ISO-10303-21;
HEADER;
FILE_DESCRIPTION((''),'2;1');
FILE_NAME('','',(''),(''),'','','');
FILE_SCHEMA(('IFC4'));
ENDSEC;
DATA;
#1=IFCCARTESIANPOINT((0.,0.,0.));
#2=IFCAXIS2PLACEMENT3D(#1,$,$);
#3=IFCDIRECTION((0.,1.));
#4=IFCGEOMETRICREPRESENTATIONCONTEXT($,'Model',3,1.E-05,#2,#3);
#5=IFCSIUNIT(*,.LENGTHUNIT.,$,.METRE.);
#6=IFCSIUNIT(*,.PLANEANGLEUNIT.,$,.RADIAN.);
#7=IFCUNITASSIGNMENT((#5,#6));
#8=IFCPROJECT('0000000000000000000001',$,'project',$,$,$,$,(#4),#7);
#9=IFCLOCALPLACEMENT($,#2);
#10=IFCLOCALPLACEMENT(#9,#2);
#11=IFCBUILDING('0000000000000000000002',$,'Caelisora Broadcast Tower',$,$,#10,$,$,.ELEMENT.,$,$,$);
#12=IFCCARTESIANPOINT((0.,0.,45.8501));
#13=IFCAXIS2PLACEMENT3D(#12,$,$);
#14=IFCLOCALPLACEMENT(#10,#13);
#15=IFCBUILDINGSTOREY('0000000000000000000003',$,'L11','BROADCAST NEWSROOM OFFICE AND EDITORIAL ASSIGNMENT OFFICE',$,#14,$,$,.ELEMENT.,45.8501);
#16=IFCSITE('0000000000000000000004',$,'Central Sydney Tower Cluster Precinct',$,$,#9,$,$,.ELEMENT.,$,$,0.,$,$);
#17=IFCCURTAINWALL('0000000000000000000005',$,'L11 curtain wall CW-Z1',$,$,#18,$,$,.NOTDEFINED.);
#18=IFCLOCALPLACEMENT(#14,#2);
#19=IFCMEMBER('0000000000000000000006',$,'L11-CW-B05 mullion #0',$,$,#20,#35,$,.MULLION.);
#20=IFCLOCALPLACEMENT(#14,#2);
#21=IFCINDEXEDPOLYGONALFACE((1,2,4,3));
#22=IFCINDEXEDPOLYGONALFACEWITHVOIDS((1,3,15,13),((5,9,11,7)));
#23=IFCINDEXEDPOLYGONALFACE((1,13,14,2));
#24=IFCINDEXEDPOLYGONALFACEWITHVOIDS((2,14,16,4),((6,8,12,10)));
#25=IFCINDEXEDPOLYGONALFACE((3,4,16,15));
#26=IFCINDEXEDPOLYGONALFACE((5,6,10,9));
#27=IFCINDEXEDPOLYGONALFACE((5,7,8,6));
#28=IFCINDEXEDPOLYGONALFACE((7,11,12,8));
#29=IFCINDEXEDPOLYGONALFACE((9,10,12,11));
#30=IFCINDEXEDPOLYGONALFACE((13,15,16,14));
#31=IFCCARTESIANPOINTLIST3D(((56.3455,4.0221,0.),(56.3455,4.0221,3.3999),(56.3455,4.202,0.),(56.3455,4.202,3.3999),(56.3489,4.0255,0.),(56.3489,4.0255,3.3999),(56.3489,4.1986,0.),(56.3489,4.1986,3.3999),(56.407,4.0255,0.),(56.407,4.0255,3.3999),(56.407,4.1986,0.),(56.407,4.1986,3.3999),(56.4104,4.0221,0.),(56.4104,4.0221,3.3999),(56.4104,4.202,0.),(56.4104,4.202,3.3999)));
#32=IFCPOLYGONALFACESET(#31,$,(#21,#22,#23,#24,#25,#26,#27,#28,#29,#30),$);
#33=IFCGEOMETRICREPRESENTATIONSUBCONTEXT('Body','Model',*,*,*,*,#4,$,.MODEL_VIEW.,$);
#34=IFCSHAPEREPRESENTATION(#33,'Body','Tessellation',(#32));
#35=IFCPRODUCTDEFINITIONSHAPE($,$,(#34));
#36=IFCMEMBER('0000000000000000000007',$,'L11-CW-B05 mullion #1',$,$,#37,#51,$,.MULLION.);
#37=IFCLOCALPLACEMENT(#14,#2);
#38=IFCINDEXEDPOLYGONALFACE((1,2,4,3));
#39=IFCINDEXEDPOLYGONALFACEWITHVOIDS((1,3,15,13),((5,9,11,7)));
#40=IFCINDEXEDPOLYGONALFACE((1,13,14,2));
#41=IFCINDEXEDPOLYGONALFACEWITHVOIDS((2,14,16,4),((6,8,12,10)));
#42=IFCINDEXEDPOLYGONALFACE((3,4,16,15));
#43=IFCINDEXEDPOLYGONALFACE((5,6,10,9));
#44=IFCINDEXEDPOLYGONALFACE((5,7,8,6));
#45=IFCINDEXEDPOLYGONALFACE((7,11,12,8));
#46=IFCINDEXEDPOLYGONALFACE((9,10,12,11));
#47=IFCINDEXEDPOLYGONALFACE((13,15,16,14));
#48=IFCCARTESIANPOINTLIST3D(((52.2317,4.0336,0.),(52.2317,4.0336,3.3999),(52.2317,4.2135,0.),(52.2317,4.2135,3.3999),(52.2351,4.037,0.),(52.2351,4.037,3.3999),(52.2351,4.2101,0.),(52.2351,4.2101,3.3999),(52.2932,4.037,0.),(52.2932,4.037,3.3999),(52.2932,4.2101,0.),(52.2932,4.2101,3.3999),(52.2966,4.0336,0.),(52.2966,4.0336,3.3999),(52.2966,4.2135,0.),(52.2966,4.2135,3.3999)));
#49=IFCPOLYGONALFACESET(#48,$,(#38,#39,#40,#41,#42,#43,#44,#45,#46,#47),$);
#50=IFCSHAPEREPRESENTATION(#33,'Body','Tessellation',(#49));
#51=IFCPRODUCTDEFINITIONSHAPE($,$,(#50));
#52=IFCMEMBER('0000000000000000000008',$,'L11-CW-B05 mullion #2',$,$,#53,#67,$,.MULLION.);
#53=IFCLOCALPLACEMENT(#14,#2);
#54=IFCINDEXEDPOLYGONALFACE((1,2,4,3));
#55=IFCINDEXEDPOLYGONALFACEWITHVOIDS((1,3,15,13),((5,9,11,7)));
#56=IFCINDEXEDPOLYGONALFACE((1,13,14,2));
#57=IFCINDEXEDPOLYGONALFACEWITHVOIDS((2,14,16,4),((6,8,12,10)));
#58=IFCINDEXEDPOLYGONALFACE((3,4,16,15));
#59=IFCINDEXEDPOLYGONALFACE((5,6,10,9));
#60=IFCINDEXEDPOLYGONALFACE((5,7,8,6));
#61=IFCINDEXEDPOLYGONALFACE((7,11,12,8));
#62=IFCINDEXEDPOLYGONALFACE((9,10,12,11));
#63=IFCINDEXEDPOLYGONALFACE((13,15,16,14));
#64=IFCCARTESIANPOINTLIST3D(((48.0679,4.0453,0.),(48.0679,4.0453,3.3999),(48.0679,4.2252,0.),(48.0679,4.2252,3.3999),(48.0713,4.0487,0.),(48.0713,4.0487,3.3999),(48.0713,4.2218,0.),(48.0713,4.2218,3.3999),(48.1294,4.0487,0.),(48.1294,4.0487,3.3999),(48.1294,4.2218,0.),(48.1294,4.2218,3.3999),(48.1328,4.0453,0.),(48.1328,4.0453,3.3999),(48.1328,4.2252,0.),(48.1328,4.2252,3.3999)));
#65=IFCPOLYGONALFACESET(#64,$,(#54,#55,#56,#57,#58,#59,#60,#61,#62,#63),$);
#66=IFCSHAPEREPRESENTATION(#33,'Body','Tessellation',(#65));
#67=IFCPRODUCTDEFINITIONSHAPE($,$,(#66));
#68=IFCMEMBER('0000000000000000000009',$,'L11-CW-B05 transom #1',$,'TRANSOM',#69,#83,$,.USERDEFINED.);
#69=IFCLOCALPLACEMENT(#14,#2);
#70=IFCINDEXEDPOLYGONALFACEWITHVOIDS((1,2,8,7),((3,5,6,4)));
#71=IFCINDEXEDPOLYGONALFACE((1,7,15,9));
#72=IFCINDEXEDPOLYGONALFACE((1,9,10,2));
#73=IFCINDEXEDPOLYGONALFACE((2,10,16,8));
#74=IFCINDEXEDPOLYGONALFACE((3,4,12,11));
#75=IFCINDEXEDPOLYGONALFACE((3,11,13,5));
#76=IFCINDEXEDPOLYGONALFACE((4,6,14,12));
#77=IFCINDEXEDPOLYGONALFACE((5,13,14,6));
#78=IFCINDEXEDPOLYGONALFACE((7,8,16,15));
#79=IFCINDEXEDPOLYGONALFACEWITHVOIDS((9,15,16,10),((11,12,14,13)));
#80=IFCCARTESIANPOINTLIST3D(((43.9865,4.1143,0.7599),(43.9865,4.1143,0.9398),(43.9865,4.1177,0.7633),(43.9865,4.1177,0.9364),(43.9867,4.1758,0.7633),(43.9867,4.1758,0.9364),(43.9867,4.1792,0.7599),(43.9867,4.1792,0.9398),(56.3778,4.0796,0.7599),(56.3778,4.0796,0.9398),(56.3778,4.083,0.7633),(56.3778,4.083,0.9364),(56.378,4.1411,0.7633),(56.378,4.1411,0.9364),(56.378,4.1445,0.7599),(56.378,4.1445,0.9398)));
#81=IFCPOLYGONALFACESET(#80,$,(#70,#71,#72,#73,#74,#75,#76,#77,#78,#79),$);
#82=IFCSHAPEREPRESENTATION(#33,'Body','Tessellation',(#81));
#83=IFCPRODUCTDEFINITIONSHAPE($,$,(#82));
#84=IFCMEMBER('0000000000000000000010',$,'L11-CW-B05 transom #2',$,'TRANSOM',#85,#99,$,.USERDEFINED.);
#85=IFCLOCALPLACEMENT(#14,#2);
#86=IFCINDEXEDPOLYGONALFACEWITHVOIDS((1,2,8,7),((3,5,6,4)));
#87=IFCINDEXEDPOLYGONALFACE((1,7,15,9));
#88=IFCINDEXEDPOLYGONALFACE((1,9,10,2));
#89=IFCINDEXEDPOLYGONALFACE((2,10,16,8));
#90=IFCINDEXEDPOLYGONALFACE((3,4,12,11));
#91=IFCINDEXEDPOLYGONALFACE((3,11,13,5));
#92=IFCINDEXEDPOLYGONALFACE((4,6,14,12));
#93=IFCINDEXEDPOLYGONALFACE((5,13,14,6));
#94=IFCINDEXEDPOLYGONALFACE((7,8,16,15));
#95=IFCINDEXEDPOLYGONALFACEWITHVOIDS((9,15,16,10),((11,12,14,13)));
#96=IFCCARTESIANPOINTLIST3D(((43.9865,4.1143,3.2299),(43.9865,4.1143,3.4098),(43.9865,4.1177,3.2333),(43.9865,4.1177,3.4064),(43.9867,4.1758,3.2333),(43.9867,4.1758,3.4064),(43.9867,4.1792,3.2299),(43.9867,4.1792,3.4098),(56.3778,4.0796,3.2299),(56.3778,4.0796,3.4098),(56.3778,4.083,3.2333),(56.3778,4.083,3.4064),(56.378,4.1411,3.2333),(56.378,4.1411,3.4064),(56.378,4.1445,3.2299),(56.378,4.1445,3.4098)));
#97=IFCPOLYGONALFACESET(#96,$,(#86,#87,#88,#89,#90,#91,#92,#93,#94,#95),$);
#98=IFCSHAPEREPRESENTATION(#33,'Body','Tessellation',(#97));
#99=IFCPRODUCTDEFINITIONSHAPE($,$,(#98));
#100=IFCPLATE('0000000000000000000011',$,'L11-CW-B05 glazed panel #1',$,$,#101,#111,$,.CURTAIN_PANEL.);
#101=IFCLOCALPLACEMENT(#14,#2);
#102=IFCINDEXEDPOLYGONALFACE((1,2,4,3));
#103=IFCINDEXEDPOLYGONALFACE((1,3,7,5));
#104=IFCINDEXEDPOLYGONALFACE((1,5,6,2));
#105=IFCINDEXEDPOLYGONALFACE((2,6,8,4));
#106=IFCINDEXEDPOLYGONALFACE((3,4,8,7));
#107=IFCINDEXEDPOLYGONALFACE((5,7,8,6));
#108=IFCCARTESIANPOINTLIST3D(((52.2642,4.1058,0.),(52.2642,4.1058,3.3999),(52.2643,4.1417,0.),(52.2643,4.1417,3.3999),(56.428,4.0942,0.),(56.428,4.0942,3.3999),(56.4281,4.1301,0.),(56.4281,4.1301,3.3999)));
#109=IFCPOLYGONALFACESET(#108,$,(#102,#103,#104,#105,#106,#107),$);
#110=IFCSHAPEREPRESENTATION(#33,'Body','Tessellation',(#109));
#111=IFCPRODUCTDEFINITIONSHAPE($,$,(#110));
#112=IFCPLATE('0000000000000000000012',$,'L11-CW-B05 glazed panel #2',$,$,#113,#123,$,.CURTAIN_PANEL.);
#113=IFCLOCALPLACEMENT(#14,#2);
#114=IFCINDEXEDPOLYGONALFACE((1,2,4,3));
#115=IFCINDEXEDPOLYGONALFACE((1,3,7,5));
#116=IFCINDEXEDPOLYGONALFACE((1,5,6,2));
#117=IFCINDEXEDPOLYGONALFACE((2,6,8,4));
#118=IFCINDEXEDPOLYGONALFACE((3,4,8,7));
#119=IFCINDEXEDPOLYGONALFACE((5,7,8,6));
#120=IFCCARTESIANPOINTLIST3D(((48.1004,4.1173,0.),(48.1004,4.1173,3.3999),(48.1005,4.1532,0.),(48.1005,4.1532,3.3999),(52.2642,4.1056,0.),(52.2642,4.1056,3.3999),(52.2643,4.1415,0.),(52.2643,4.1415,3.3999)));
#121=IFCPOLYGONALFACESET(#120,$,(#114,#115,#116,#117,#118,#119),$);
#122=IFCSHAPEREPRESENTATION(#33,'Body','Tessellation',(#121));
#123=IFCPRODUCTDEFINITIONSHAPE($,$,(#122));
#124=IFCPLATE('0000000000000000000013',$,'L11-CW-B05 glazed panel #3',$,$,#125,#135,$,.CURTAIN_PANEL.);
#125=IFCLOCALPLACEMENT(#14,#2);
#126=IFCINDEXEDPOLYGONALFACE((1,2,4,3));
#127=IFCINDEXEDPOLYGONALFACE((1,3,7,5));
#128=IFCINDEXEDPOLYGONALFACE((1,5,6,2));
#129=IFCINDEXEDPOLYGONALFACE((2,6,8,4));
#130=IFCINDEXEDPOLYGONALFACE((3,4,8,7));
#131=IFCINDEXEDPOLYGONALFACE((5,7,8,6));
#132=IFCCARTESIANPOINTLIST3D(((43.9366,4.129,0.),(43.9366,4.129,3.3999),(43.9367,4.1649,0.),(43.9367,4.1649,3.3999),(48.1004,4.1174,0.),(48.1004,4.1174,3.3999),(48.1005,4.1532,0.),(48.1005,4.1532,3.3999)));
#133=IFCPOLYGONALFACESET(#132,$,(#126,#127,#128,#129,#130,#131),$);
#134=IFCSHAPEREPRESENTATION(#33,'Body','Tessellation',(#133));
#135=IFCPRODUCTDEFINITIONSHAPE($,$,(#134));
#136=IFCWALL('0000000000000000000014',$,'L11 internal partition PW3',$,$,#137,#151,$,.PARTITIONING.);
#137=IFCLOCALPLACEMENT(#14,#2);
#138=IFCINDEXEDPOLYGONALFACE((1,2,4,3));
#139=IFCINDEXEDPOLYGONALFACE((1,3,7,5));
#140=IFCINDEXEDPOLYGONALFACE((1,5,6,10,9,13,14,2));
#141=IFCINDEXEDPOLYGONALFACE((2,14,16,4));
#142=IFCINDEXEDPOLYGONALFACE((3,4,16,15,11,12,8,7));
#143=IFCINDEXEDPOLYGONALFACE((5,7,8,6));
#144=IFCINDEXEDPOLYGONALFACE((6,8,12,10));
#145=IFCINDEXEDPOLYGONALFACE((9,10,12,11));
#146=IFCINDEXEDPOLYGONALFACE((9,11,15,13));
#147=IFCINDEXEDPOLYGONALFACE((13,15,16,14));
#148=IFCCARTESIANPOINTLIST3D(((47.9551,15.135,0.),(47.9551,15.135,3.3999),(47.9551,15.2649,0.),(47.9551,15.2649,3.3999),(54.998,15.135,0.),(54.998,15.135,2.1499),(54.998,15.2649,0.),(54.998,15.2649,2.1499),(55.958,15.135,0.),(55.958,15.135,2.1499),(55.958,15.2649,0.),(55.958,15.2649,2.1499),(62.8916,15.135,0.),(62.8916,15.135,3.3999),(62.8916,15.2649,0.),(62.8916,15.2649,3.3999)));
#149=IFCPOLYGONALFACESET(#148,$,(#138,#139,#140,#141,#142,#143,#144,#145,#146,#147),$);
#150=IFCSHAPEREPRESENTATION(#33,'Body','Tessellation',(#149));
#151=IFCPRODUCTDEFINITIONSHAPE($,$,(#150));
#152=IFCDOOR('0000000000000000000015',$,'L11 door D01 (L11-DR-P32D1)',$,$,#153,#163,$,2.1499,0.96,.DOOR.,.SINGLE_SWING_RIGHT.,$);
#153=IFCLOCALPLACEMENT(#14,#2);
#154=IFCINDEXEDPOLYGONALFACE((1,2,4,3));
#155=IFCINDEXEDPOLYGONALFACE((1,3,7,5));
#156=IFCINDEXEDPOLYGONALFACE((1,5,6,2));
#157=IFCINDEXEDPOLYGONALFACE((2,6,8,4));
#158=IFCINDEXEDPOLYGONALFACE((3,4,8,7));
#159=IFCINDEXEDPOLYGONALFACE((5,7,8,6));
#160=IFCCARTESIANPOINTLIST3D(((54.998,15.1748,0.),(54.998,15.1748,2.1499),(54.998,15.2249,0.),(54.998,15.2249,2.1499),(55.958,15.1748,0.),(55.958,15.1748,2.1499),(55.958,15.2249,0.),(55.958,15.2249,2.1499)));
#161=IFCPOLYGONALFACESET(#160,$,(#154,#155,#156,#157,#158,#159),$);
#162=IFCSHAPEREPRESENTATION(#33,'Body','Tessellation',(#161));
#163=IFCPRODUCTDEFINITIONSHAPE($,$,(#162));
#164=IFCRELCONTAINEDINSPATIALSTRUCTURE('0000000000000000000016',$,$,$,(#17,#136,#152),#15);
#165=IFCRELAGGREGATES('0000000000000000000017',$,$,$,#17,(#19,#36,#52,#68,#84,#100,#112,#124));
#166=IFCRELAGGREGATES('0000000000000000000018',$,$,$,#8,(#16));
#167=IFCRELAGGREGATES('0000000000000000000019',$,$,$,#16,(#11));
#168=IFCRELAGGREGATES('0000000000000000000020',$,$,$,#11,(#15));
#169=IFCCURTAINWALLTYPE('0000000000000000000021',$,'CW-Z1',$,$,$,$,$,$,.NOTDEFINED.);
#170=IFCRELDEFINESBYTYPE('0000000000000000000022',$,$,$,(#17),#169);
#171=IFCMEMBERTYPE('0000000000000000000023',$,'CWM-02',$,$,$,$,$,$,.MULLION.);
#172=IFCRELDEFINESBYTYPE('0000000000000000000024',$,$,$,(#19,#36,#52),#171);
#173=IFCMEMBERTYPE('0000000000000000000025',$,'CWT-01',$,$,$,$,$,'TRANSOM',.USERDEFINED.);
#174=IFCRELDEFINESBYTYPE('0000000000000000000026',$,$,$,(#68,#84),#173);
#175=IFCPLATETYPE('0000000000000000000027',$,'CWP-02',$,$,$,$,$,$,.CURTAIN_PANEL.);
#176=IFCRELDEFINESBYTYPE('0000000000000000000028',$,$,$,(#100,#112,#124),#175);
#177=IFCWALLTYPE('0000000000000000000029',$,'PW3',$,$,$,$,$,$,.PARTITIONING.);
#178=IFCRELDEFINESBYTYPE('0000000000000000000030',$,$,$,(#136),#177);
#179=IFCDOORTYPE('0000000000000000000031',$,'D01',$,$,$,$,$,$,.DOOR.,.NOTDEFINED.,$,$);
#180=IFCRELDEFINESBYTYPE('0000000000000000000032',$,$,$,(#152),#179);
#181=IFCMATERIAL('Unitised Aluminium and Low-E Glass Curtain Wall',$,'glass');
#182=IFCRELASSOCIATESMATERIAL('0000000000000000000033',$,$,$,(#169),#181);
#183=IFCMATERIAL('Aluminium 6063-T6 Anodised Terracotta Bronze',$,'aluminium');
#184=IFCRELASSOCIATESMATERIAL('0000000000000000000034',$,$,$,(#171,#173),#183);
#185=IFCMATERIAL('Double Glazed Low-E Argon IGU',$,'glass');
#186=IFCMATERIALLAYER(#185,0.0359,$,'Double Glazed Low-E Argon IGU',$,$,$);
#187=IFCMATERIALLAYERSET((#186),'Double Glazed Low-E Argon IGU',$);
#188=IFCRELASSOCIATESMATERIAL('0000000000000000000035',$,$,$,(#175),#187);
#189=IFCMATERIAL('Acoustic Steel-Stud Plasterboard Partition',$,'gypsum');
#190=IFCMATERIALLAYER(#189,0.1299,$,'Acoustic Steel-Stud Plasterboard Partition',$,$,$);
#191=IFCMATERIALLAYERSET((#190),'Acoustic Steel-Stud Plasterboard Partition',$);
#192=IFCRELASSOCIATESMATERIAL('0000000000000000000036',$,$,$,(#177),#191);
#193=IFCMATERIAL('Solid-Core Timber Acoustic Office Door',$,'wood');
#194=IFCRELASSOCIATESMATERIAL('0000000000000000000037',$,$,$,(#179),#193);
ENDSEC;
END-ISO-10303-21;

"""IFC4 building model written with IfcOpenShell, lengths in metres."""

from ifc_helpers import new_model, si_unit, direction, frame, frame_2d, origin, origin_2d, place, context, subcontext, project, spatial, rectangle, hollow_rectangle, extrude, source, transform, mapped, material, layer, layer_set, material_profile, profile_set, type_object, type_shapes, element, fill, aggregate, save


model = new_model("IFC4")

# Units and contexts
model_context = context("Model", 3, precision=1e-05, world=origin(), true_north=direction((0.0, 1.0)))
body_context = subcontext(model_context, "Body", "Model", "MODEL_VIEW")
ifc_project = project(units=[si_unit("LENGTHUNIT", "METRE"), si_unit("PLANEANGLEUNIT", "RADIAN")], contexts=[model_context])

# Site, building, storey
site_placement = place(None, origin())
site = spatial("IfcSite", under=ifc_project, at=site_placement, Name="Central Sydney Tower Cluster Precinct", CompositionType="ELEMENT", RefElevation=0.0)
building_placement = place(site_placement, origin())
building = spatial("IfcBuilding", under=site, at=building_placement, Name="Caelisora Broadcast Tower", CompositionType="ELEMENT")
storey_placement = place(building_placement, frame((0.0, 0.0, 45.8501)))
storey = spatial("IfcBuildingStorey", under=building, at=storey_placement, Name="L11", Description="BROADCAST NEWSROOM OFFICE AND EDITORIAL ASSIGNMENT OFFICE", CompositionType="ELEMENT", Elevation=45.8501)

# Curtain wall, members, plates
ifc_material_1 = material(Name="Unitised Aluminium and Low-E Glass Curtain Wall", Category="glass")
curtain_wall_type = type_object("IfcCurtainWallType", Name="CW-Z1", PredefinedType="NOTDEFINED", material=ifc_material_1)
curtain_wall_placement = place(storey_placement, origin())
curtain_wall = element("IfcCurtainWall", 1, at=curtain_wall_placement, inside=storey, type_object=curtain_wall_type, Name="L11 curtain wall CW-Z1", PredefinedType="NOTDEFINED")
ifc_material_2 = material(Name="Aluminium 6063-T6 Anodised Terracotta Bronze", Category="aluminium")
ifc_material_profile_1 = material_profile(ifc_material_2, hollow_rectangle(XDim=0.0649, YDim=0.1799, WallThickness=0.0034, at=origin_2d()), Name="Aluminium 6063-T6 Anodised Terracotta Bronze")
ifc_profile_set_1 = profile_set([ifc_material_profile_1], Name="Aluminium 6063-T6 Anodised Terracotta Bronze")
member_type_1 = type_object("IfcMemberType", Name="CWM-02", PredefinedType="MULLION", material=ifc_profile_set_1)
shared_shape_1 = source(origin(), body_context, "Body", "SweptSolid", [
    extrude(hollow_rectangle(XDim=0.0649, YDim=0.1799, WallThickness=0.0034, at=origin_2d()), origin(), (0.0, 0.0, 1.0), 3.3999),
])
type_shapes(member_type_1, [shared_shape_1])
member_1_placement = place(storey_placement, frame((56.3779, 4.1121, 0.0), z_axis=(0.0, 0.0, 1.0), x_axis=(1.0, 0.0, 0.0)))
member_1 = element("IfcMember", 2, at=member_1_placement, type_object=member_type_1, Name="L11-CW-B05 mullion #0", PredefinedType="MULLION", context=body_context, shape_type="MappedRepresentation", body=[
    mapped(shared_shape_1, transform((0.0, 0.0, 0.0), scale=1.0)),
])
member_2_placement = place(storey_placement, frame((52.2642, 4.1235, 0.0), z_axis=(0.0, 0.0, 1.0), x_axis=(1.0, 0.0, 0.0)))
member_2 = element("IfcMember", 3, at=member_2_placement, type_object=member_type_1, Name="L11-CW-B05 mullion #1", PredefinedType="MULLION", context=body_context, shape_type="MappedRepresentation", body=[
    mapped(shared_shape_1, transform((0.0, 0.0, 0.0), scale=1.0)),
])
member_3_placement = place(storey_placement, frame((48.1003, 4.1353, 0.0), z_axis=(0.0, 0.0, 1.0), x_axis=(1.0, 0.0, 0.0)))
member_3 = element("IfcMember", 4, at=member_3_placement, type_object=member_type_1, Name="L11-CW-B05 mullion #2", PredefinedType="MULLION", context=body_context, shape_type="MappedRepresentation", body=[
    mapped(shared_shape_1, transform((0.0, 0.0, 0.0), scale=1.0)),
])
ifc_material_profile_2 = material_profile(ifc_material_2, hollow_rectangle(XDim=0.0649, YDim=0.1799, WallThickness=0.0034, at=origin_2d()), Name="Aluminium 6063-T6 Anodised Terracotta Bronze")
ifc_profile_set_2 = profile_set([ifc_material_profile_2], Name="Aluminium 6063-T6 Anodised Terracotta Bronze")
member_type_2 = type_object("IfcMemberType", Name="CWT-01", ElementType="TRANSOM", PredefinedType="USERDEFINED", material=ifc_profile_set_2)
shared_shape_2 = source(origin(), body_context, "Body", "SweptSolid", [
    extrude(hollow_rectangle(XDim=0.0649, YDim=0.1799, WallThickness=0.0034, at=origin_2d()), origin(), (0.0, 0.0, 1.0), 12.3914),
])
type_shapes(member_type_2, [shared_shape_2])
member_4_placement = place(storey_placement, frame((56.3779, 4.1121, 0.8499), z_axis=(-0.999996, 0.002798, 0.0), x_axis=(-0.002798, -0.999996, 0.0)))
member_4 = element("IfcMember", 5, at=member_4_placement, type_object=member_type_2, Name="L11-CW-B05 transom #1", ObjectType="TRANSOM", PredefinedType="USERDEFINED", context=body_context, shape_type="MappedRepresentation", body=[
    mapped(shared_shape_2, transform((0.0, 0.0, 0.0), scale=1.0)),
])
member_5_placement = place(storey_placement, frame((56.3779, 4.1121, 3.3198), z_axis=(-0.999996, 0.002798, 0.0), x_axis=(-0.002798, -0.999996, 0.0)))
member_5 = element("IfcMember", 6, at=member_5_placement, type_object=member_type_2, Name="L11-CW-B05 transom #2", ObjectType="TRANSOM", PredefinedType="USERDEFINED", context=body_context, shape_type="MappedRepresentation", body=[
    mapped(shared_shape_2, transform((0.0, 0.0, 0.0), scale=1.0)),
])
ifc_material_3 = material(Name="Double Glazed Low-E Argon IGU", Category="glass")
ifc_layer_1 = layer(ifc_material_3, 0.0359, Name="Double Glazed Low-E Argon IGU")
ifc_layer_set_1 = layer_set([ifc_layer_1], Name="Double Glazed Low-E Argon IGU")
plate_type = type_object("IfcPlateType", Name="CWP-02", PredefinedType="CURTAIN_PANEL", material=ifc_layer_set_1)
shared_shape_3 = source(origin(), body_context, "Body", "SweptSolid", [
    extrude(rectangle(XDim=4.1638, YDim=0.0359, at=origin_2d()), origin(), (0.0, 0.0, 1.0), 3.3999),
])
type_shapes(plate_type, [shared_shape_3])
plate_1_placement = place(storey_placement, frame((54.3462, 4.1179, 0.0), z_axis=(0.0, 0.0, 1.0), x_axis=(-0.999996, 0.002793, 0.0)))
plate_1 = element("IfcPlate", 7, at=plate_1_placement, type_object=plate_type, Name="L11-CW-B05 glazed panel #1", PredefinedType="CURTAIN_PANEL", context=body_context, shape_type="MappedRepresentation", body=[
    mapped(shared_shape_3, transform((0.0, 0.0, 0.0), scale=1.0)),
])
plate_2_placement = place(storey_placement, frame((50.1824, 4.1294, 0.0), z_axis=(0.0, 0.0, 1.0), x_axis=(-0.999996, 0.002793, 0.0)))
plate_2 = element("IfcPlate", 8, at=plate_2_placement, type_object=plate_type, Name="L11-CW-B05 glazed panel #2", PredefinedType="CURTAIN_PANEL", context=body_context, shape_type="MappedRepresentation", body=[
    mapped(shared_shape_3, transform((0.0, 0.0, 0.0), scale=1.0)),
])
plate_3_placement = place(storey_placement, frame((46.0186, 4.1411, 0.0), z_axis=(0.0, 0.0, 1.0), x_axis=(-0.999996, 0.002793, 0.0)))
plate_3 = element("IfcPlate", 9, at=plate_3_placement, type_object=plate_type, Name="L11-CW-B05 glazed panel #3", PredefinedType="CURTAIN_PANEL", context=body_context, shape_type="MappedRepresentation", body=[
    mapped(shared_shape_3, transform((0.0, 0.0, 0.0), scale=1.0)),
])
aggregate(curtain_wall, [member_1, member_2, member_3, member_4, member_5, plate_1, plate_2, plate_3])

# Wall, opening, door
ifc_material_4 = material(Name="Acoustic Steel-Stud Plasterboard Partition", Category="gypsum")
ifc_layer_2 = layer(ifc_material_4, 0.1299, Name="Acoustic Steel-Stud Plasterboard Partition")
ifc_layer_set_2 = layer_set([ifc_layer_2], Name="Acoustic Steel-Stud Plasterboard Partition")
wall_type = type_object("IfcWallType", Name="PW3", PredefinedType="PARTITIONING", material=ifc_layer_set_2)
wall_1_placement = place(storey_placement, frame((47.9551, 15.2, 0.0), z_axis=(0.0, 0.0, 1.0), x_axis=(1.0, 0.0, 0.0)))
wall_1 = element("IfcWall", 10, at=wall_1_placement, inside=storey, type_object=wall_type, Name="L11 internal partition PW3", PredefinedType="PARTITIONING", context=body_context, shape_type="SweptSolid", body=[
    extrude(rectangle(XDim=14.9365, YDim=0.1299, at=frame_2d((7.4683, 0.0))), origin(), (0.0, 0.0, 1.0), 3.3999),
])
opening_1_placement = place(wall_1_placement, frame((7.043, 0.0, 0.0)))
opening_1 = element("IfcOpeningElement", 11, at=opening_1_placement, cuts=wall_1, PredefinedType="OPENING", context=body_context, shape_type="SweptSolid", body=[
    extrude(rectangle(XDim=0.96, YDim=2.1499, at=frame_2d((0.48, 1.075))), frame((0.0, 0.0769, 0.0), z_axis=(0.0, -1.0, 0.0), x_axis=(1.0, 0.0, 0.0)), (0.0, 0.0, 1.0), 0.1538),
])
ifc_material_5 = material(Name="Solid-Core Timber Acoustic Office Door", Category="wood")
door_type = type_object("IfcDoorType", Name="D01", OperationType="NOTDEFINED", PredefinedType="DOOR", material=ifc_material_5)
door_1_placement = place(opening_1_placement, origin())
door_1 = element("IfcDoor", 12, at=door_1_placement, inside=storey, type_object=door_type, Name="L11 door D01 (L11-DR-P32D1)", OperationType="SINGLE_SWING_RIGHT", OverallHeight=2.1499, OverallWidth=0.96, PredefinedType="DOOR", context=body_context, shape_type="SweptSolid", body=[
    extrude(rectangle(XDim=0.96, YDim=2.1499, at=frame_2d((0.48, 1.075))), frame((0.0, 0.0249, 0.0), z_axis=(0.0, -1.0, 0.0), x_axis=(1.0, 0.0, 0.0)), (0.0, 0.0, 1.0), 0.05),
])
fill(opening_1, door_1)

save(model, "model.ifc")
